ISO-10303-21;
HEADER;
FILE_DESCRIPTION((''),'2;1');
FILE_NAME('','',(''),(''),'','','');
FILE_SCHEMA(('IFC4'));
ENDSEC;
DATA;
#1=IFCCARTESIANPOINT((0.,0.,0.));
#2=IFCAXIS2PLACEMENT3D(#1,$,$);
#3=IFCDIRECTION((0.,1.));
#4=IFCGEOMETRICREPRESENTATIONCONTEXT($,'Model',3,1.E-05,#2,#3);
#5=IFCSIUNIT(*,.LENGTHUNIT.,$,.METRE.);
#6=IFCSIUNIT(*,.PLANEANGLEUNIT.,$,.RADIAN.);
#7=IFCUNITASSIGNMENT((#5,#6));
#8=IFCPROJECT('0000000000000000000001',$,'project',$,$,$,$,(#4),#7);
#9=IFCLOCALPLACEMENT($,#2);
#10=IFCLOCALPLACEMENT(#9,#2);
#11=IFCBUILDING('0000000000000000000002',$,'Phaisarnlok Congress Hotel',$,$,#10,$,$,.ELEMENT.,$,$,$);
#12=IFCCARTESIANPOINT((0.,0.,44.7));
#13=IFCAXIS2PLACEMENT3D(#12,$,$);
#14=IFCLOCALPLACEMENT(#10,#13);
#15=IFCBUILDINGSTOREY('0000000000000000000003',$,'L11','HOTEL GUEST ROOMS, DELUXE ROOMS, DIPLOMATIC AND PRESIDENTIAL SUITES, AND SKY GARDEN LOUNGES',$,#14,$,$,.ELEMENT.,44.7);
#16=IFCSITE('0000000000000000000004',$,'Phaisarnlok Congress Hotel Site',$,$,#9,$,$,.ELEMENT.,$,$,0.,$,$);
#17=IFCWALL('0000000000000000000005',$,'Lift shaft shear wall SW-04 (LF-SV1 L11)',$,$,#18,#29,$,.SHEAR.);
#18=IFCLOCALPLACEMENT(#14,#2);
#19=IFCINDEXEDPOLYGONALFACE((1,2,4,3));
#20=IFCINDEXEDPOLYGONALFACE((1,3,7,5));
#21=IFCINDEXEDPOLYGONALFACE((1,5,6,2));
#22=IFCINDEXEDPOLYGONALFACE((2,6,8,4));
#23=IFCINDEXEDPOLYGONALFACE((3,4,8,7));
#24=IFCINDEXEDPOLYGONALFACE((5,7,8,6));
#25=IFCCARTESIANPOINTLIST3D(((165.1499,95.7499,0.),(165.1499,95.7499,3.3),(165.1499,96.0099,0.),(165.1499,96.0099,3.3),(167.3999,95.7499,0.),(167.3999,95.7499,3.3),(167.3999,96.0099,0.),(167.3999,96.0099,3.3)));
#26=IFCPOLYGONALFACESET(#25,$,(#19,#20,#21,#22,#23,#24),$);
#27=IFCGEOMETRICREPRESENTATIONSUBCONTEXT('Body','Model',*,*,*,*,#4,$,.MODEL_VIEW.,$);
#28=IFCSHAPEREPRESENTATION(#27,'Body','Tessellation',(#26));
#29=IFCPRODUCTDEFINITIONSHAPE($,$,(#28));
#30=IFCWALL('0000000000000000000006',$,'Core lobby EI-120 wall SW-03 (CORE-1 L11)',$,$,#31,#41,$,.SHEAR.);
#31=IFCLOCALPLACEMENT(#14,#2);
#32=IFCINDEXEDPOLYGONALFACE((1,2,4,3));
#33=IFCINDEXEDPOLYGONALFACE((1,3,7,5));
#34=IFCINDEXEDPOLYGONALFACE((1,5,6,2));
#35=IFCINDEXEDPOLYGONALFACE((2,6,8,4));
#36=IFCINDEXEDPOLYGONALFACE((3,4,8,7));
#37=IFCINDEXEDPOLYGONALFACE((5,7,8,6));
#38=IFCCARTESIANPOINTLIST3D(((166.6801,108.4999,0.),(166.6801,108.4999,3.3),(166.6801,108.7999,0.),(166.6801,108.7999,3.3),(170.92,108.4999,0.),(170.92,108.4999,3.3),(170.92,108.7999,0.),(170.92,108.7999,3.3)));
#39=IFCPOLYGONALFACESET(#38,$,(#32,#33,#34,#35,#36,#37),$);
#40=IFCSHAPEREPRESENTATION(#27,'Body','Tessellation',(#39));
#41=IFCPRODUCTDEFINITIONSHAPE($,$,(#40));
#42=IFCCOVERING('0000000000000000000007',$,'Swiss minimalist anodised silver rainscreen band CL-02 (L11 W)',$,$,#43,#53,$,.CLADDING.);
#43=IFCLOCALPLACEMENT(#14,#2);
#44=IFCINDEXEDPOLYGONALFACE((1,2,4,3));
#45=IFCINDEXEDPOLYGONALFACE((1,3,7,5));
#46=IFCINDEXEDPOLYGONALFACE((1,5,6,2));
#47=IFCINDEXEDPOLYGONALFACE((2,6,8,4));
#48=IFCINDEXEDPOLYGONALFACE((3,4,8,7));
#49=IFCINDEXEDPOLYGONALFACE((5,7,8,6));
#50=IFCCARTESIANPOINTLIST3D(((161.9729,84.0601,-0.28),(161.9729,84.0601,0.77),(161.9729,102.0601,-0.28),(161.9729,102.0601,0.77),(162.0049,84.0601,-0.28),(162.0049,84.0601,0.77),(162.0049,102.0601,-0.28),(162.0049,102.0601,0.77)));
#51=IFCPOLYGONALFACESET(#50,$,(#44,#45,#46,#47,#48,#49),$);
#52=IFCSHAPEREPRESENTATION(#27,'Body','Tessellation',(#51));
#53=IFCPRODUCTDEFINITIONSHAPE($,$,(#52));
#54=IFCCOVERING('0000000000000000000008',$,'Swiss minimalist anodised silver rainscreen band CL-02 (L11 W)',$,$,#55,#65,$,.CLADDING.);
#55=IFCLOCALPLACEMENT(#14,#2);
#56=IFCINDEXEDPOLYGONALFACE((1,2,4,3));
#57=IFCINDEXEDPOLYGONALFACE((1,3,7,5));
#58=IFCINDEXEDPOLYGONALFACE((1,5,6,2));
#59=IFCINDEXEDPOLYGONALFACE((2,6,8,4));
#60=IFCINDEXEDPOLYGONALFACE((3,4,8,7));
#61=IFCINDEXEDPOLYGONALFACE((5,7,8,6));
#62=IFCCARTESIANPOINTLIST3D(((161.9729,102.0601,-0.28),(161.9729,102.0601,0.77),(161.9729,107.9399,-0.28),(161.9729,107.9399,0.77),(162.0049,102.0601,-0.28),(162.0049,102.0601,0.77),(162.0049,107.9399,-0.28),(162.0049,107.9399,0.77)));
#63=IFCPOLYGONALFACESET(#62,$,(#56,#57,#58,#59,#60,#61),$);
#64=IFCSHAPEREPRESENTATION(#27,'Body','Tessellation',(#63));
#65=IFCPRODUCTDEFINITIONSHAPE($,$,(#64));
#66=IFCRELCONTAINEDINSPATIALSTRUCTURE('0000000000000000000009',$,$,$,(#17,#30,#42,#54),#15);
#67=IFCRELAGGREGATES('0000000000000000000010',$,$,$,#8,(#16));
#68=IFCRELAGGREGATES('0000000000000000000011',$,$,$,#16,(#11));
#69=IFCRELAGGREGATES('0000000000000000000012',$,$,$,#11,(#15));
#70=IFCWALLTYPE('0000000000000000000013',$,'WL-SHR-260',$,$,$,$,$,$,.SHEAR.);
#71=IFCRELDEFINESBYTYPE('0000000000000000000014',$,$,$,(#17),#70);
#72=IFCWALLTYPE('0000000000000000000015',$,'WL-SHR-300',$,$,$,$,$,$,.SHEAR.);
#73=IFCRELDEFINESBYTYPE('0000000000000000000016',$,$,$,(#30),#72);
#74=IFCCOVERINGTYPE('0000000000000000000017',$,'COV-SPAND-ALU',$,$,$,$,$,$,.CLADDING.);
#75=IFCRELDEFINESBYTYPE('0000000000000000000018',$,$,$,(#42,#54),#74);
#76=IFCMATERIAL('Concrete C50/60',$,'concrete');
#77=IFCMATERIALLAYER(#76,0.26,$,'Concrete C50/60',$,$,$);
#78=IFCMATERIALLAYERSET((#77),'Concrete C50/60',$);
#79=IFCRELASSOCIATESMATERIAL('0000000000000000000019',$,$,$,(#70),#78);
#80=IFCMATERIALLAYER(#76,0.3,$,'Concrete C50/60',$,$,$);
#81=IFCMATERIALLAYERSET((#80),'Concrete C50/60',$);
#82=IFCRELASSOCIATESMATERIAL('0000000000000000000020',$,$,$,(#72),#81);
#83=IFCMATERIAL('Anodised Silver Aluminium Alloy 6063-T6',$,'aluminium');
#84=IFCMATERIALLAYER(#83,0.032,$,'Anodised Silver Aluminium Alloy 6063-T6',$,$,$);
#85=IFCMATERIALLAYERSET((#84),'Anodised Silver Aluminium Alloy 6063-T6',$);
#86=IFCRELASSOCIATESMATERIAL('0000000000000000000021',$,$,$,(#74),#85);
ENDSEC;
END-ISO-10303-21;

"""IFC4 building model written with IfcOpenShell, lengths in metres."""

from ifc_helpers import new_model, si_unit, direction, frame, frame_2d, origin, place, context, subcontext, project, spatial, polyline, rectangle, outline, extrude, material, layer, layer_set, type_object, element, save


model = new_model("IFC4")

# Units and contexts
model_context = context("Model", 3, precision=1e-05, world=origin(), true_north=direction((0.0, 1.0)))
body_context = subcontext(model_context, "Body", "Model", "MODEL_VIEW")
ifc_project = project(units=[si_unit("LENGTHUNIT", "METRE"), si_unit("PLANEANGLEUNIT", "RADIAN")], contexts=[model_context])

# Site, building, storey
site_placement = place(None, origin())
site = spatial("IfcSite", under=ifc_project, at=site_placement, Name="Phaisarnlok Congress Hotel Site", CompositionType="ELEMENT", RefElevation=0.0)
building_placement = place(site_placement, origin())
building = spatial("IfcBuilding", under=site, at=building_placement, Name="Phaisarnlok Congress Hotel", CompositionType="ELEMENT")
storey_placement = place(building_placement, frame((0.0, 0.0, 44.7)))
storey = spatial("IfcBuildingStorey", under=building, at=storey_placement, Name="L11", Description="HOTEL GUEST ROOMS, DELUXE ROOMS, DIPLOMATIC AND PRESIDENTIAL SUITES, AND SKY GARDEN LOUNGES", CompositionType="ELEMENT", Elevation=44.7)

# Shared definitions
ifc_material_1 = material(Name="Concrete C50/60", Category="concrete")

# Walls
ifc_layer_1 = layer(ifc_material_1, 0.26, Name="Concrete C50/60")
ifc_layer_set_1 = layer_set([ifc_layer_1], Name="Concrete C50/60")
wall_type_1 = type_object("IfcWallType", Name="WL-SHR-260", PredefinedType="SHEAR", material=ifc_layer_set_1)
for number, where, z_axis, x_axis, name in (
    (1, (165.1499, 95.8799, 0.0), (0.0, 0.0, 1.0), (1.0, 0.0, 0.0), "Lift shaft shear wall SW-04 (LF-SV1 L11)"),
):
    element("IfcWall", number, at=place(storey_placement, frame(where, z_axis=z_axis, x_axis=x_axis)), inside=storey, type_object=wall_type_1, Name=name, PredefinedType="SHEAR", context=body_context, shape_type="SweptSolid", body=[
        extrude(rectangle(XDim=2.25, YDim=0.26, at=frame_2d((1.125, 0.0))), origin(), (0.0, 0.0, 1.0), 3.3),
    ])
ifc_layer_2 = layer(ifc_material_1, 0.3, Name="Concrete C50/60")
ifc_layer_set_2 = layer_set([ifc_layer_2], Name="Concrete C50/60")
wall_type_2 = type_object("IfcWallType", Name="WL-SHR-300", PredefinedType="SHEAR", material=ifc_layer_set_2)
wall_1_placement = place(storey_placement, frame((166.6799, 108.6499, 0.0), z_axis=(0.0, 0.0, 1.0), x_axis=(1.0, 0.0, 0.0)))
element("IfcWall", 2, at=wall_1_placement, inside=storey, type_object=wall_type_2, Name="Core lobby EI-120 wall SW-03 (CORE-1 L11)", PredefinedType="SHEAR", context=body_context, shape_type="SweptSolid", body=[
    extrude(rectangle(XDim=4.24, YDim=0.3, at=frame_2d((2.1201, 0.0))), origin(), (0.0, 0.0, 1.0), 3.3),
])

# Coverings
ifc_material_2 = material(Name="Anodised Silver Aluminium Alloy 6063-T6", Category="aluminium")
ifc_layer_3 = layer(ifc_material_2, 0.032, Name="Anodised Silver Aluminium Alloy 6063-T6")
ifc_layer_set_3 = layer_set([ifc_layer_3], Name="Anodised Silver Aluminium Alloy 6063-T6")
covering_type = type_object("IfcCoveringType", Name="COV-SPAND-ALU", PredefinedType="CLADDING", material=ifc_layer_set_3)
covering_1_placement = place(storey_placement, frame((162.0049, 102.0601, -0.28), z_axis=(-1.0, 0.0, 0.0), x_axis=(0.0, -1.0, 0.0)))
element("IfcCovering", 3, at=covering_1_placement, inside=storey, type_object=covering_type, Name="Swiss minimalist anodised silver rainscreen band CL-02 (L11 W)", PredefinedType="CLADDING", context=body_context, shape_type="SweptSolid", body=[
    extrude(outline(polyline([(0.0, 0.0), (18.0, 0.0), (18.0, 1.05), (0.0, 1.05), (0.0, 0.0)])), origin(), (0.0, 0.0, 1.0), 0.032),
])
covering_2_placement = place(storey_placement, frame((162.0049, 107.9399, -0.28), z_axis=(-1.0, 0.0, 0.0), x_axis=(0.0, -1.0, 0.0)))
element("IfcCovering", 4, at=covering_2_placement, inside=storey, type_object=covering_type, Name="Swiss minimalist anodised silver rainscreen band CL-02 (L11 W)", PredefinedType="CLADDING", context=body_context, shape_type="SweptSolid", body=[
    extrude(outline(polyline([(0.0, 0.0), (5.8799, 0.0), (5.8799, 1.05), (0.0, 1.05), (0.0, 0.0)])), origin(), (0.0, 0.0, 1.0), 0.032),
])

save(model, "model.ifc")
